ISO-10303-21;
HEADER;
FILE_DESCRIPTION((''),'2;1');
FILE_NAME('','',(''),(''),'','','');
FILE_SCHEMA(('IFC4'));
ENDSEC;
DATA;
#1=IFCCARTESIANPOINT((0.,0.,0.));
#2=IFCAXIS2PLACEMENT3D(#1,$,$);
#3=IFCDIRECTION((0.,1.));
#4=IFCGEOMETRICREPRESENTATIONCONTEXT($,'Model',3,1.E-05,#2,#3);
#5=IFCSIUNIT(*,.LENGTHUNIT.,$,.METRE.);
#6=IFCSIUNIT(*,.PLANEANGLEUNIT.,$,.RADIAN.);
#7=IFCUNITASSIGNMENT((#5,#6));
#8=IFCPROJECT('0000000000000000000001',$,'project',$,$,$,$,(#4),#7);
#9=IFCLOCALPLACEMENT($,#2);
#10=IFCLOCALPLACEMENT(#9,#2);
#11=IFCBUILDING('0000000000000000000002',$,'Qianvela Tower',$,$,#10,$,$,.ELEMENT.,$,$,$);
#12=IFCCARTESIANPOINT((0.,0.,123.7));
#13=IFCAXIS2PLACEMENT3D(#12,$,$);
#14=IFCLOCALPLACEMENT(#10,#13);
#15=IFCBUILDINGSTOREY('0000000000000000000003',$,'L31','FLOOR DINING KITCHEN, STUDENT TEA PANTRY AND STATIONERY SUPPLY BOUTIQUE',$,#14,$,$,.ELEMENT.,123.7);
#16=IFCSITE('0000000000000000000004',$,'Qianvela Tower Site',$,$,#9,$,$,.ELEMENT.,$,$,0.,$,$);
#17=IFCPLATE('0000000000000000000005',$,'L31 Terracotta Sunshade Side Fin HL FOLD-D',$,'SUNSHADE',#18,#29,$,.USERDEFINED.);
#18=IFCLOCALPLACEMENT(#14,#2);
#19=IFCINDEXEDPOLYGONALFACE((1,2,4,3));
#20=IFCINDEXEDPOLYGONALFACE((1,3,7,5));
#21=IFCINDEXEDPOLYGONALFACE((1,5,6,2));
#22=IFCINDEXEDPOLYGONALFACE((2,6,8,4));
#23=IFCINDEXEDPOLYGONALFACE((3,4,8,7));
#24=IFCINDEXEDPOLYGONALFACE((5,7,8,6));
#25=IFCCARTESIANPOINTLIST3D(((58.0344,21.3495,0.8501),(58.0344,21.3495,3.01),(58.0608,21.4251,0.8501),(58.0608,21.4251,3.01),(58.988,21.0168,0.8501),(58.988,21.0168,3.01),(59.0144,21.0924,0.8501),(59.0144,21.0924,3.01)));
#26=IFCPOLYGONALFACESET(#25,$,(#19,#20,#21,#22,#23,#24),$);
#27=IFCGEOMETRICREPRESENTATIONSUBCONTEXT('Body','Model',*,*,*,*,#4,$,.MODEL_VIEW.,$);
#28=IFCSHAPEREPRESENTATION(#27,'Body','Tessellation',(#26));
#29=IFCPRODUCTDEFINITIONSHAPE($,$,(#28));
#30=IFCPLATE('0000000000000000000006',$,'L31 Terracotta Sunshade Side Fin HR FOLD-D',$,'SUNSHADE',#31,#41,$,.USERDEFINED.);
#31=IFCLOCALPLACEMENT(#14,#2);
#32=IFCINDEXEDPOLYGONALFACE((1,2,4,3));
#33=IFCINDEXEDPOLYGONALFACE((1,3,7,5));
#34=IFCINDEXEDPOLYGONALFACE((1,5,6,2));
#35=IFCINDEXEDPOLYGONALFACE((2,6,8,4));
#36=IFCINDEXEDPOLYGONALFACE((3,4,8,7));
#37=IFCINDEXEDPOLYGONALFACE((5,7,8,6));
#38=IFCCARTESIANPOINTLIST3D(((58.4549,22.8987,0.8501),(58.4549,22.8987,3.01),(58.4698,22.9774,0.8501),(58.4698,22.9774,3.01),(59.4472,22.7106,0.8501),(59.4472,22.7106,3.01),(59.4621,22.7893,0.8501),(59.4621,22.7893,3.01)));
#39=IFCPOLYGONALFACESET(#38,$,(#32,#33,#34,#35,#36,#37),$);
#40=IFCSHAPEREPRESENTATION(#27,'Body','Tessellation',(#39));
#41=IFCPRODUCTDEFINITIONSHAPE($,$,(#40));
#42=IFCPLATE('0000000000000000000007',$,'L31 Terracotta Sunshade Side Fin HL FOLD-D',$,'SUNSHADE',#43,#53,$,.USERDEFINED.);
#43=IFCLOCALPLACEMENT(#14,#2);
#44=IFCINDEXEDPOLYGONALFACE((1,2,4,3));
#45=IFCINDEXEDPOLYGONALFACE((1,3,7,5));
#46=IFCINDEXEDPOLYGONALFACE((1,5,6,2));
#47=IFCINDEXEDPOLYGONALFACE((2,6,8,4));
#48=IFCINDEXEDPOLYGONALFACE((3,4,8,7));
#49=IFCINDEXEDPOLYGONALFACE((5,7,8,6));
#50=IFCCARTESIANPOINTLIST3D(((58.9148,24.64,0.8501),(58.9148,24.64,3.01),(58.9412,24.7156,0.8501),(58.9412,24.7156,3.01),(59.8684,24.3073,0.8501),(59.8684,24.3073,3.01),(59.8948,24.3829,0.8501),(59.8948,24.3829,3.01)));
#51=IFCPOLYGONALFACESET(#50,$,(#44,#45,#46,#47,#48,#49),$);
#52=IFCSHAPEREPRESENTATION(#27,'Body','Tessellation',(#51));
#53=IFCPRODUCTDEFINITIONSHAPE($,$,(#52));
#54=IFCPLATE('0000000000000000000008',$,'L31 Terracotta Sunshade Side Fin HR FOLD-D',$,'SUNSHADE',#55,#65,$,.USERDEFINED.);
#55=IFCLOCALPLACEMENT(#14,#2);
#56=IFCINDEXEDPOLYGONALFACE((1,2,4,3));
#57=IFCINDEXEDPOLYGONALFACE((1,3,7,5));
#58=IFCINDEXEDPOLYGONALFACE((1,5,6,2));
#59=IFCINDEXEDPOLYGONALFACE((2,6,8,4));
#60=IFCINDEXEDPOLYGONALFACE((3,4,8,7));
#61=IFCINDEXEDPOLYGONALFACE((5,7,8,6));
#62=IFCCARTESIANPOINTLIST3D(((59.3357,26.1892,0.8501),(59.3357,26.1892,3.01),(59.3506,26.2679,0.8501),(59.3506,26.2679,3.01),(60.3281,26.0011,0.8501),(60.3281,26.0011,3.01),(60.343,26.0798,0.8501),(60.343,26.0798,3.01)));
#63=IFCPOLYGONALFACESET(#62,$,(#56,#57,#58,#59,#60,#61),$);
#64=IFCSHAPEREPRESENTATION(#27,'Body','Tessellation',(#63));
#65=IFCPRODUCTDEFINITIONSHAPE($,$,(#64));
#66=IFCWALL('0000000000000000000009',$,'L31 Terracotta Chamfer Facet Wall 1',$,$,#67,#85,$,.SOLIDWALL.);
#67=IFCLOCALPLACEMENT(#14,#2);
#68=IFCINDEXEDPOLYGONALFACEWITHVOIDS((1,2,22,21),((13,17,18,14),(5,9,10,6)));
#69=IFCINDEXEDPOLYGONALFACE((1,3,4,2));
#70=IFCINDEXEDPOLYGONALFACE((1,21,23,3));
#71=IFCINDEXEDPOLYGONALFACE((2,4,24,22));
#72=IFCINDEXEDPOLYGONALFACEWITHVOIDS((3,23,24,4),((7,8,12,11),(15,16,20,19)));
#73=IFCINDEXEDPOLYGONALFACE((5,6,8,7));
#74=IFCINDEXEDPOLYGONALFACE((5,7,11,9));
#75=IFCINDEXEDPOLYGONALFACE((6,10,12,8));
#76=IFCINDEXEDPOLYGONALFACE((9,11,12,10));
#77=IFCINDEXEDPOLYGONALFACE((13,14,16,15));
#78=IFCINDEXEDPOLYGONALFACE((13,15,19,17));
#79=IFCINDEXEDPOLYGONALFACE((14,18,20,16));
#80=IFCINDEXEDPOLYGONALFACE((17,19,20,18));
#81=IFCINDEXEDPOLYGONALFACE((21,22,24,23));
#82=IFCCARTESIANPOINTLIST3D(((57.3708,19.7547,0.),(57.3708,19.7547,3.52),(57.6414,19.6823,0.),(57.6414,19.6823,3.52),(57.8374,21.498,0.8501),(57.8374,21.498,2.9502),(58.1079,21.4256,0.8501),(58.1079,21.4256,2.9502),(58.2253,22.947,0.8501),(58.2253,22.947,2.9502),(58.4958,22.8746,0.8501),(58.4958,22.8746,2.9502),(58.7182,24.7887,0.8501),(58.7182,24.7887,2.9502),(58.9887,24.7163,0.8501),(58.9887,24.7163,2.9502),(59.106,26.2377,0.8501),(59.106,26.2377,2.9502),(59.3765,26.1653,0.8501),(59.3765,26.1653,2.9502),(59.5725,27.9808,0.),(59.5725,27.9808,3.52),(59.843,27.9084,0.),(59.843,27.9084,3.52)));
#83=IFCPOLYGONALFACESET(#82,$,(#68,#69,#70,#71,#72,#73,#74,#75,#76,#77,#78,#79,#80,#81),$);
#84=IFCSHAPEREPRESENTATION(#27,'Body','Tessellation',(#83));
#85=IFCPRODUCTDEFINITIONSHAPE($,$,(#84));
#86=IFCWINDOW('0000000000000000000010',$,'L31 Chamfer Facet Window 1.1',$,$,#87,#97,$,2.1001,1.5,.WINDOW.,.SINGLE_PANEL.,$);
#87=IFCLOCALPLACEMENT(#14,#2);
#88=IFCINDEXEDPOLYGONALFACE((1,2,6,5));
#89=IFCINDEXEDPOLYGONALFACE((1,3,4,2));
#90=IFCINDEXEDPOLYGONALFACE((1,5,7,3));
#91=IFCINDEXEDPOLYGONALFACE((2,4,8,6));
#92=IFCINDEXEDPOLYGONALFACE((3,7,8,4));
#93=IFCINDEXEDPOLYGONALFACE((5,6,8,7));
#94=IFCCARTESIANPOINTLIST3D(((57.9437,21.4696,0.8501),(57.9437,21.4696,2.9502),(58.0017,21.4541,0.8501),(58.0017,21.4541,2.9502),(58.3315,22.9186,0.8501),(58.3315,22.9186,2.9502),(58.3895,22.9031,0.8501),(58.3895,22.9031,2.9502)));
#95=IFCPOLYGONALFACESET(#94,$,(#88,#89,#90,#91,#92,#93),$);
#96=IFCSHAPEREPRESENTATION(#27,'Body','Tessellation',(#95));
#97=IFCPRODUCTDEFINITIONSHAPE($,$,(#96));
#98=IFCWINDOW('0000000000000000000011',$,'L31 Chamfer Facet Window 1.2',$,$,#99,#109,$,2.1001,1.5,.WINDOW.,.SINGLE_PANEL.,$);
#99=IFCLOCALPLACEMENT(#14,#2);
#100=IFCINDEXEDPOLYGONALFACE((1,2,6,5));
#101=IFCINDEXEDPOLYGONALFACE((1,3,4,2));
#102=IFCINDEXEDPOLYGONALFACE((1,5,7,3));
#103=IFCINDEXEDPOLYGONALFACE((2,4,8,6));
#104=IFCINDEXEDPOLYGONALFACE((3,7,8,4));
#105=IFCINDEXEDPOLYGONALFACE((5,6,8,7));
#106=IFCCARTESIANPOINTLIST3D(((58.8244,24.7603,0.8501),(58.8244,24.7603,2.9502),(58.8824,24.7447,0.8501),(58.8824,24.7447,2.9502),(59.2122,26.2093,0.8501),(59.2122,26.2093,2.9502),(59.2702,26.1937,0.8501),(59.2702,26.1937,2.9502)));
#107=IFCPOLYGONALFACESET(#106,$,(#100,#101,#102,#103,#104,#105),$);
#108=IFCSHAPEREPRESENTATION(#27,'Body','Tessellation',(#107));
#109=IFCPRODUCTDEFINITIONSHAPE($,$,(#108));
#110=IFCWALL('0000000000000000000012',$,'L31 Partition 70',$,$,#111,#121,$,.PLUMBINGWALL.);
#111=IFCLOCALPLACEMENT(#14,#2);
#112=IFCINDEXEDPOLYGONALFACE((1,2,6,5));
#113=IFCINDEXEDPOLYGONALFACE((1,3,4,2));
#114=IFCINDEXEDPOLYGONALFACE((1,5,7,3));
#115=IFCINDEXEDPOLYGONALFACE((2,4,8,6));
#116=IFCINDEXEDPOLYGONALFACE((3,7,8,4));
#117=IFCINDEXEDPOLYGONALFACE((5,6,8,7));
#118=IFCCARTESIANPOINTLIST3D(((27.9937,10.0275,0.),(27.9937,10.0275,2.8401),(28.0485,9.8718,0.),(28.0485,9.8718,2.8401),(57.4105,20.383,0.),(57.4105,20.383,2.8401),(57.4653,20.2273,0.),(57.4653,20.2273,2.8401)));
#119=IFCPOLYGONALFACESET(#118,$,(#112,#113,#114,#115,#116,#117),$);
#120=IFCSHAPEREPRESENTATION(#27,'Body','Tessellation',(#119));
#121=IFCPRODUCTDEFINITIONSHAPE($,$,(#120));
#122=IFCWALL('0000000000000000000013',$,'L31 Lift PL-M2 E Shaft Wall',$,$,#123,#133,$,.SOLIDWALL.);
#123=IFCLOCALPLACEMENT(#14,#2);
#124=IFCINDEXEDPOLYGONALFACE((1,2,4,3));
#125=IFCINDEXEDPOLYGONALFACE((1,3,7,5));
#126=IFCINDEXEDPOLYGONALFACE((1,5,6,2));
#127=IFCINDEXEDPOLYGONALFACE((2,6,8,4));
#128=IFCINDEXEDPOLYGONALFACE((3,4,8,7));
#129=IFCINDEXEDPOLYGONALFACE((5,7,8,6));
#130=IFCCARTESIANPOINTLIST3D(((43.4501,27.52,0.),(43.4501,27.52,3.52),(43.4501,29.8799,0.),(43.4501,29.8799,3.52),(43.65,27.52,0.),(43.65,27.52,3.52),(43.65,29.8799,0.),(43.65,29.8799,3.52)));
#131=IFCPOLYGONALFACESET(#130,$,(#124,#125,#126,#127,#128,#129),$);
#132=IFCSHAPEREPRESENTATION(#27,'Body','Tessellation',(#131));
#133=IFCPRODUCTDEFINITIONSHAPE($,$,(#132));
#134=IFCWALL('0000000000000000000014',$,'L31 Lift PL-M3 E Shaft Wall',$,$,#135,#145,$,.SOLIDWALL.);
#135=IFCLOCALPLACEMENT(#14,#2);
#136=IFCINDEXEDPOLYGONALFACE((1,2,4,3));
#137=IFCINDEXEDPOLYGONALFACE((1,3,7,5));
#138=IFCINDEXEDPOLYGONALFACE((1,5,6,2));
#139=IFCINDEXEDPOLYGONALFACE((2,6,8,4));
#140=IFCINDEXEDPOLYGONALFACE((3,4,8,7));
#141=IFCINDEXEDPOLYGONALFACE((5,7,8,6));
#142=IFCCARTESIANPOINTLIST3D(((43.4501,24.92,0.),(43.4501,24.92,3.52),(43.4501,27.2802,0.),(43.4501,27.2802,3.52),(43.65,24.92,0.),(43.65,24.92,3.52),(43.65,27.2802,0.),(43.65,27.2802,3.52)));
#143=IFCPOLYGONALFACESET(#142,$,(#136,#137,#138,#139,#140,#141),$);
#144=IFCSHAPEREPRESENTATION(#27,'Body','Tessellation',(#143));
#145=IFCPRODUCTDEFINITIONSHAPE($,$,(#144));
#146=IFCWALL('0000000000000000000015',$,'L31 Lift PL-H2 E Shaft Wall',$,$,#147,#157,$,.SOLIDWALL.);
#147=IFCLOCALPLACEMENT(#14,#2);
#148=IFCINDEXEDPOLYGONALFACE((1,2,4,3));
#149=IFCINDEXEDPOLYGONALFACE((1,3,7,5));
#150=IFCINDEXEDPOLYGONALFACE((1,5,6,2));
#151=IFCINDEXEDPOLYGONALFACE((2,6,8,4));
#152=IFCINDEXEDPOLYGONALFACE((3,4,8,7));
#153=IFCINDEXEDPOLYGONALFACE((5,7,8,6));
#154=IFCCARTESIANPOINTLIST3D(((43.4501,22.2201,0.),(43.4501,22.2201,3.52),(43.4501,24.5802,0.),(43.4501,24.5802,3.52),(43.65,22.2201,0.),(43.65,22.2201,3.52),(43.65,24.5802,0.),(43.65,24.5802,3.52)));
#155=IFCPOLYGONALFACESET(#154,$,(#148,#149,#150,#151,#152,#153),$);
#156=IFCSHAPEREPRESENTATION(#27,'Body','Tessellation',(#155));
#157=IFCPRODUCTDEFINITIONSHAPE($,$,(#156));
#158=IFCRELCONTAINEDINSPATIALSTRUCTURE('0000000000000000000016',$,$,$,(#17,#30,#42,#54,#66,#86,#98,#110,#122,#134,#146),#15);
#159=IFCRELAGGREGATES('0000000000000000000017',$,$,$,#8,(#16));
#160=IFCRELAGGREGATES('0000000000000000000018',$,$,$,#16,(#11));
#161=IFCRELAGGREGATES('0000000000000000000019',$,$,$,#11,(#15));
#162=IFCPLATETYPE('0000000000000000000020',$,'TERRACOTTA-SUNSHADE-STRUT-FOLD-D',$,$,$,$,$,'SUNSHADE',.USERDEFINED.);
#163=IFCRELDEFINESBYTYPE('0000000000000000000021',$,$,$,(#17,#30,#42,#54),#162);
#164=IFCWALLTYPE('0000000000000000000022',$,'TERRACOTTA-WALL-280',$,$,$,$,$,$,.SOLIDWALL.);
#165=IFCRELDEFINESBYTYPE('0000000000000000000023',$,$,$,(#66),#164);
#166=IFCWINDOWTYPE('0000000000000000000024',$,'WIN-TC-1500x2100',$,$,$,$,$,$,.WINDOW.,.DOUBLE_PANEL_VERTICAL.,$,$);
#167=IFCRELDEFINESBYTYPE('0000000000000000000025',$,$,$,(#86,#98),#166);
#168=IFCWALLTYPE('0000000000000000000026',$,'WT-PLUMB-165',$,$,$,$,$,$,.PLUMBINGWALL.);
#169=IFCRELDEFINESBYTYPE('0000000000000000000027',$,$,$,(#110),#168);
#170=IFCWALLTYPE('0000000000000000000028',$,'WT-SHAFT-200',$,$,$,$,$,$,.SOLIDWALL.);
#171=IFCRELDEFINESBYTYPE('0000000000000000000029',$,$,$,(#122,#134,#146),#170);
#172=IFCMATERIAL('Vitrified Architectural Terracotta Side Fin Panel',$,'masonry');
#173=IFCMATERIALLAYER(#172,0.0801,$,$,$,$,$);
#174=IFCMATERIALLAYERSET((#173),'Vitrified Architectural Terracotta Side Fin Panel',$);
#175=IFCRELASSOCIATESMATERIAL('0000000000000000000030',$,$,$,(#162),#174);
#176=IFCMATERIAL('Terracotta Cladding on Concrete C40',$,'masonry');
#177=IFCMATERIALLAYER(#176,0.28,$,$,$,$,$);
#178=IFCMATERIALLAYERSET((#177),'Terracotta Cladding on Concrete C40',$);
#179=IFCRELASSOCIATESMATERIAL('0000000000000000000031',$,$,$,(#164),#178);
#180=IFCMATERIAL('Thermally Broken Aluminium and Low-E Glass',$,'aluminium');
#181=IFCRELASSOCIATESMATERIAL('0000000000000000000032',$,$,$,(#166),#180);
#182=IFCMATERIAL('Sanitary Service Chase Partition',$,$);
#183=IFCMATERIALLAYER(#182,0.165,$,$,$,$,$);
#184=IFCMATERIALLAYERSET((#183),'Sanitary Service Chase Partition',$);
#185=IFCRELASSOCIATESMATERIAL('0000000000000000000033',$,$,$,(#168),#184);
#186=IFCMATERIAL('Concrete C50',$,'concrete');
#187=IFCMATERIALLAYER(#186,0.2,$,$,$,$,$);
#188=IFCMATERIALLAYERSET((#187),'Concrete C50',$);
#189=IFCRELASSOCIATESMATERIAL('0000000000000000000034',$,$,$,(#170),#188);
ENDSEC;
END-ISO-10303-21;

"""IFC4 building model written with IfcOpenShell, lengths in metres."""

from ifc_helpers import new_model, si_unit, direction, frame, frame_2d, origin, origin_2d, place, context, subcontext, project, spatial, rectangle, extrude, material, layer, layer_set, type_object, element, fill, save


model = new_model("IFC4")

# Units and contexts
model_context = context("Model", 3, precision=1e-05, world=origin(), true_north=direction((0.0, 1.0)))
body_context = subcontext(model_context, "Body", "Model", "MODEL_VIEW")
ifc_project = project(units=[si_unit("LENGTHUNIT", "METRE"), si_unit("PLANEANGLEUNIT", "RADIAN")], contexts=[model_context])

# Site, building, storey
site_placement = place(None, origin())
site = spatial("IfcSite", under=ifc_project, at=site_placement, Name="Qianvela Tower Site", CompositionType="ELEMENT", RefElevation=0.0)
building_placement = place(site_placement, origin())
building = spatial("IfcBuilding", under=site, at=building_placement, Name="Qianvela Tower", CompositionType="ELEMENT")
storey_placement = place(building_placement, frame((0.0, 0.0, 123.7)))
storey = spatial("IfcBuildingStorey", under=building, at=storey_placement, Name="L31", Description="FLOOR DINING KITCHEN, STUDENT TEA PANTRY AND STATIONERY SUPPLY BOUTIQUE", CompositionType="ELEMENT", Elevation=123.7)

# Plates
ifc_material_1 = material(Name="Vitrified Architectural Terracotta Side Fin Panel", Category="masonry")
ifc_layer_1 = layer(ifc_material_1, 0.0801)
ifc_layer_set_1 = layer_set([ifc_layer_1], Name="Vitrified Architectural Terracotta Side Fin Panel")
plate_type_1 = type_object("IfcPlateType", Name="TERRACOTTA-SUNSHADE-STRUT-FOLD-D", ElementType="SUNSHADE", PredefinedType="USERDEFINED", material=ifc_layer_set_1)
for number, where, z_axis, x_axis, name in (
    (1, (58.5244, 21.2209, 0.8501), (0.0, 0.0, 1.0), (0.329409, 0.944187, 0.0), "L31 Terracotta Sunshade Side Fin HL FOLD-D"),
    (2, (58.9585, 22.844, 0.8501), (0.0, 0.0, 1.0), (0.186231, 0.982506, 0.0), "L31 Terracotta Sunshade Side Fin HR FOLD-D"),
    (3, (59.4048, 24.5115, 0.8501), (0.0, 0.0, 1.0), (0.329409, 0.944187, 0.0), "L31 Terracotta Sunshade Side Fin HL FOLD-D"),
    (4, (59.8394, 26.1345, 0.8501), (0.0, 0.0, 1.0), (0.186231, 0.982506, 0.0), "L31 Terracotta Sunshade Side Fin HR FOLD-D"),
):
    element("IfcPlate", number, at=place(storey_placement, frame(where, z_axis=z_axis, x_axis=x_axis)), inside=storey, type_object=plate_type_1, Name=name, ObjectType="SUNSHADE", PredefinedType="USERDEFINED", context=body_context, shape_type="SweptSolid", body=[
        extrude(rectangle(XDim=0.0801, YDim=1.01, at=origin_2d()), origin(), (0.0, 0.0, 1.0), 2.1599),
    ])

# Wall, openings, windows
ifc_material_2 = material(Name="Terracotta Cladding on Concrete C40", Category="masonry")
ifc_layer_2 = layer(ifc_material_2, 0.28)
ifc_layer_set_2 = layer_set([ifc_layer_2], Name="Terracotta Cladding on Concrete C40")
wall_type_1 = type_object("IfcWallType", Name="TERRACOTTA-WALL-280", PredefinedType="SOLIDWALL", material=ifc_layer_set_2)
wall_1_placement = place(storey_placement, frame((57.5061, 19.7185, 0.0), z_axis=(0.0, 0.0, 1.0), x_axis=(0.258544, 0.965999, 0.0)))
wall_1 = element("IfcWall", 5, at=wall_1_placement, inside=storey, type_object=wall_type_1, Name="L31 Terracotta Chamfer Facet Wall 1", PredefinedType="SOLIDWALL", context=body_context, shape_type="SweptSolid", body=[
    extrude(rectangle(XDim=8.5156, YDim=0.28, at=frame_2d((4.2578, 0.0))), origin(), (0.0, 0.0, 1.0), 3.52),
])
opening_1_placement = place(wall_1_placement, frame((1.8047, 0.0, 0.8501)))
opening_1 = element("IfcOpeningElement", 6, at=opening_1_placement, cuts=wall_1, PredefinedType="OPENING", context=body_context, shape_type="SweptSolid", body=[
    extrude(rectangle(XDim=1.5, YDim=2.1001, at=frame_2d((0.75, 1.05))), frame((0.0, 0.1499, 0.0), z_axis=(0.0, -1.0, 0.0), x_axis=(1.0, 0.0, 0.0)), (0.0, 0.0, 1.0), 0.3),
])
opening_2_placement = place(wall_1_placement, frame((5.2112, 0.0, 0.8501)))
opening_2 = element("IfcOpeningElement", 7, at=opening_2_placement, cuts=wall_1, PredefinedType="OPENING", context=body_context, shape_type="SweptSolid", body=[
    extrude(rectangle(XDim=1.5, YDim=2.1001, at=frame_2d((0.75, 1.05))), frame((0.0, 0.1499, 0.0), z_axis=(0.0, -1.0, 0.0), x_axis=(1.0, 0.0, 0.0)), (0.0, 0.0, 1.0), 0.3),
])
ifc_material_3 = material(Name="Thermally Broken Aluminium and Low-E Glass", Category="aluminium")
window_type = type_object("IfcWindowType", Name="WIN-TC-1500x2100", PartitioningType="DOUBLE_PANEL_VERTICAL", PredefinedType="WINDOW", material=ifc_material_3)
window_1_placement = place(opening_1_placement, origin())
window_1 = element("IfcWindow", 8, at=window_1_placement, inside=storey, type_object=window_type, Name="L31 Chamfer Facet Window 1.1", OverallHeight=2.1001, OverallWidth=1.5, PartitioningType="SINGLE_PANEL", PredefinedType="WINDOW", context=body_context, shape_type="SweptSolid", body=[
    extrude(rectangle(XDim=1.5, YDim=2.1001, at=frame_2d((0.75, 1.05))), frame((0.0, 0.03, 0.0), z_axis=(0.0, -1.0, 0.0), x_axis=(1.0, 0.0, 0.0)), (0.0, 0.0, 1.0), 0.0601),
])
fill(opening_1, window_1)
window_2_placement = place(opening_2_placement, origin())
window_2 = element("IfcWindow", 9, at=window_2_placement, inside=storey, type_object=window_type, Name="L31 Chamfer Facet Window 1.2", OverallHeight=2.1001, OverallWidth=1.5, PartitioningType="SINGLE_PANEL", PredefinedType="WINDOW", context=body_context, shape_type="SweptSolid", body=[
    extrude(rectangle(XDim=1.5, YDim=2.1001, at=frame_2d((0.75, 1.05))), frame((0.0, 0.03, 0.0), z_axis=(0.0, -1.0, 0.0), x_axis=(1.0, 0.0, 0.0)), (0.0, 0.0, 1.0), 0.0601),
])
fill(opening_2, window_2)

# Walls
ifc_material_4 = material(Name="Sanitary Service Chase Partition")
ifc_layer_3 = layer(ifc_material_4, 0.165)
ifc_layer_set_3 = layer_set([ifc_layer_3], Name="Sanitary Service Chase Partition")
wall_type_2 = type_object("IfcWallType", Name="WT-PLUMB-165", PredefinedType="PLUMBINGWALL", material=ifc_layer_set_3)
wall_2_placement = place(storey_placement, frame((57.438, 20.3052, 0.0), z_axis=(0.0, 0.0, 1.0), x_axis=(-0.943261, -0.332053, 0.0)))
element("IfcWall", 10, at=wall_2_placement, inside=storey, type_object=wall_type_2, Name="L31 Partition 70", PredefinedType="PLUMBINGWALL", context=body_context, shape_type="SweptSolid", body=[
    extrude(rectangle(XDim=31.1863, YDim=0.165, at=frame_2d((15.5933, 0.0))), origin(), (0.0, 0.0, 1.0), 2.8401),
])
ifc_material_5 = material(Name="Concrete C50", Category="concrete")
ifc_layer_4 = layer(ifc_material_5, 0.2)
ifc_layer_set_4 = layer_set([ifc_layer_4], Name="Concrete C50")
wall_type_3 = type_object("IfcWallType", Name="WT-SHAFT-200", PredefinedType="SOLIDWALL", material=ifc_layer_set_4)
wall_3_placement = place(storey_placement, frame((43.55, 27.52, 0.0), z_axis=(0.0, 0.0, 1.0), x_axis=(0.0, 1.0, 0.0)))
element("IfcWall", 11, at=wall_3_placement, inside=storey, type_object=wall_type_3, Name="L31 Lift PL-M2 E Shaft Wall", PredefinedType="SOLIDWALL", context=body_context, shape_type="SweptSolid", body=[
    extrude(rectangle(XDim=2.3599, YDim=0.2, at=frame_2d((1.1799, 0.0))), origin(), (0.0, 0.0, 1.0), 3.52),
])
for number, where, z_axis, x_axis, name in (
    (12, (43.55, 24.9199, 0.0), (0.0, 0.0, 1.0), (0.0, 1.0, 0.0), "L31 Lift PL-M3 E Shaft Wall"),
    (13, (43.55, 22.22, 0.0), (0.0, 0.0, 1.0), (0.0, 1.0, 0.0), "L31 Lift PL-H2 E Shaft Wall"),
):
    element("IfcWall", number, at=place(storey_placement, frame(where, z_axis=z_axis, x_axis=x_axis)), inside=storey, type_object=wall_type_3, Name=name, PredefinedType="SOLIDWALL", context=body_context, shape_type="SweptSolid", body=[
        extrude(rectangle(XDim=2.3601, YDim=0.2, at=frame_2d((1.1802, 0.0))), origin(), (0.0, 0.0, 1.0), 3.52),
    ])

save(model, "model.ifc")
